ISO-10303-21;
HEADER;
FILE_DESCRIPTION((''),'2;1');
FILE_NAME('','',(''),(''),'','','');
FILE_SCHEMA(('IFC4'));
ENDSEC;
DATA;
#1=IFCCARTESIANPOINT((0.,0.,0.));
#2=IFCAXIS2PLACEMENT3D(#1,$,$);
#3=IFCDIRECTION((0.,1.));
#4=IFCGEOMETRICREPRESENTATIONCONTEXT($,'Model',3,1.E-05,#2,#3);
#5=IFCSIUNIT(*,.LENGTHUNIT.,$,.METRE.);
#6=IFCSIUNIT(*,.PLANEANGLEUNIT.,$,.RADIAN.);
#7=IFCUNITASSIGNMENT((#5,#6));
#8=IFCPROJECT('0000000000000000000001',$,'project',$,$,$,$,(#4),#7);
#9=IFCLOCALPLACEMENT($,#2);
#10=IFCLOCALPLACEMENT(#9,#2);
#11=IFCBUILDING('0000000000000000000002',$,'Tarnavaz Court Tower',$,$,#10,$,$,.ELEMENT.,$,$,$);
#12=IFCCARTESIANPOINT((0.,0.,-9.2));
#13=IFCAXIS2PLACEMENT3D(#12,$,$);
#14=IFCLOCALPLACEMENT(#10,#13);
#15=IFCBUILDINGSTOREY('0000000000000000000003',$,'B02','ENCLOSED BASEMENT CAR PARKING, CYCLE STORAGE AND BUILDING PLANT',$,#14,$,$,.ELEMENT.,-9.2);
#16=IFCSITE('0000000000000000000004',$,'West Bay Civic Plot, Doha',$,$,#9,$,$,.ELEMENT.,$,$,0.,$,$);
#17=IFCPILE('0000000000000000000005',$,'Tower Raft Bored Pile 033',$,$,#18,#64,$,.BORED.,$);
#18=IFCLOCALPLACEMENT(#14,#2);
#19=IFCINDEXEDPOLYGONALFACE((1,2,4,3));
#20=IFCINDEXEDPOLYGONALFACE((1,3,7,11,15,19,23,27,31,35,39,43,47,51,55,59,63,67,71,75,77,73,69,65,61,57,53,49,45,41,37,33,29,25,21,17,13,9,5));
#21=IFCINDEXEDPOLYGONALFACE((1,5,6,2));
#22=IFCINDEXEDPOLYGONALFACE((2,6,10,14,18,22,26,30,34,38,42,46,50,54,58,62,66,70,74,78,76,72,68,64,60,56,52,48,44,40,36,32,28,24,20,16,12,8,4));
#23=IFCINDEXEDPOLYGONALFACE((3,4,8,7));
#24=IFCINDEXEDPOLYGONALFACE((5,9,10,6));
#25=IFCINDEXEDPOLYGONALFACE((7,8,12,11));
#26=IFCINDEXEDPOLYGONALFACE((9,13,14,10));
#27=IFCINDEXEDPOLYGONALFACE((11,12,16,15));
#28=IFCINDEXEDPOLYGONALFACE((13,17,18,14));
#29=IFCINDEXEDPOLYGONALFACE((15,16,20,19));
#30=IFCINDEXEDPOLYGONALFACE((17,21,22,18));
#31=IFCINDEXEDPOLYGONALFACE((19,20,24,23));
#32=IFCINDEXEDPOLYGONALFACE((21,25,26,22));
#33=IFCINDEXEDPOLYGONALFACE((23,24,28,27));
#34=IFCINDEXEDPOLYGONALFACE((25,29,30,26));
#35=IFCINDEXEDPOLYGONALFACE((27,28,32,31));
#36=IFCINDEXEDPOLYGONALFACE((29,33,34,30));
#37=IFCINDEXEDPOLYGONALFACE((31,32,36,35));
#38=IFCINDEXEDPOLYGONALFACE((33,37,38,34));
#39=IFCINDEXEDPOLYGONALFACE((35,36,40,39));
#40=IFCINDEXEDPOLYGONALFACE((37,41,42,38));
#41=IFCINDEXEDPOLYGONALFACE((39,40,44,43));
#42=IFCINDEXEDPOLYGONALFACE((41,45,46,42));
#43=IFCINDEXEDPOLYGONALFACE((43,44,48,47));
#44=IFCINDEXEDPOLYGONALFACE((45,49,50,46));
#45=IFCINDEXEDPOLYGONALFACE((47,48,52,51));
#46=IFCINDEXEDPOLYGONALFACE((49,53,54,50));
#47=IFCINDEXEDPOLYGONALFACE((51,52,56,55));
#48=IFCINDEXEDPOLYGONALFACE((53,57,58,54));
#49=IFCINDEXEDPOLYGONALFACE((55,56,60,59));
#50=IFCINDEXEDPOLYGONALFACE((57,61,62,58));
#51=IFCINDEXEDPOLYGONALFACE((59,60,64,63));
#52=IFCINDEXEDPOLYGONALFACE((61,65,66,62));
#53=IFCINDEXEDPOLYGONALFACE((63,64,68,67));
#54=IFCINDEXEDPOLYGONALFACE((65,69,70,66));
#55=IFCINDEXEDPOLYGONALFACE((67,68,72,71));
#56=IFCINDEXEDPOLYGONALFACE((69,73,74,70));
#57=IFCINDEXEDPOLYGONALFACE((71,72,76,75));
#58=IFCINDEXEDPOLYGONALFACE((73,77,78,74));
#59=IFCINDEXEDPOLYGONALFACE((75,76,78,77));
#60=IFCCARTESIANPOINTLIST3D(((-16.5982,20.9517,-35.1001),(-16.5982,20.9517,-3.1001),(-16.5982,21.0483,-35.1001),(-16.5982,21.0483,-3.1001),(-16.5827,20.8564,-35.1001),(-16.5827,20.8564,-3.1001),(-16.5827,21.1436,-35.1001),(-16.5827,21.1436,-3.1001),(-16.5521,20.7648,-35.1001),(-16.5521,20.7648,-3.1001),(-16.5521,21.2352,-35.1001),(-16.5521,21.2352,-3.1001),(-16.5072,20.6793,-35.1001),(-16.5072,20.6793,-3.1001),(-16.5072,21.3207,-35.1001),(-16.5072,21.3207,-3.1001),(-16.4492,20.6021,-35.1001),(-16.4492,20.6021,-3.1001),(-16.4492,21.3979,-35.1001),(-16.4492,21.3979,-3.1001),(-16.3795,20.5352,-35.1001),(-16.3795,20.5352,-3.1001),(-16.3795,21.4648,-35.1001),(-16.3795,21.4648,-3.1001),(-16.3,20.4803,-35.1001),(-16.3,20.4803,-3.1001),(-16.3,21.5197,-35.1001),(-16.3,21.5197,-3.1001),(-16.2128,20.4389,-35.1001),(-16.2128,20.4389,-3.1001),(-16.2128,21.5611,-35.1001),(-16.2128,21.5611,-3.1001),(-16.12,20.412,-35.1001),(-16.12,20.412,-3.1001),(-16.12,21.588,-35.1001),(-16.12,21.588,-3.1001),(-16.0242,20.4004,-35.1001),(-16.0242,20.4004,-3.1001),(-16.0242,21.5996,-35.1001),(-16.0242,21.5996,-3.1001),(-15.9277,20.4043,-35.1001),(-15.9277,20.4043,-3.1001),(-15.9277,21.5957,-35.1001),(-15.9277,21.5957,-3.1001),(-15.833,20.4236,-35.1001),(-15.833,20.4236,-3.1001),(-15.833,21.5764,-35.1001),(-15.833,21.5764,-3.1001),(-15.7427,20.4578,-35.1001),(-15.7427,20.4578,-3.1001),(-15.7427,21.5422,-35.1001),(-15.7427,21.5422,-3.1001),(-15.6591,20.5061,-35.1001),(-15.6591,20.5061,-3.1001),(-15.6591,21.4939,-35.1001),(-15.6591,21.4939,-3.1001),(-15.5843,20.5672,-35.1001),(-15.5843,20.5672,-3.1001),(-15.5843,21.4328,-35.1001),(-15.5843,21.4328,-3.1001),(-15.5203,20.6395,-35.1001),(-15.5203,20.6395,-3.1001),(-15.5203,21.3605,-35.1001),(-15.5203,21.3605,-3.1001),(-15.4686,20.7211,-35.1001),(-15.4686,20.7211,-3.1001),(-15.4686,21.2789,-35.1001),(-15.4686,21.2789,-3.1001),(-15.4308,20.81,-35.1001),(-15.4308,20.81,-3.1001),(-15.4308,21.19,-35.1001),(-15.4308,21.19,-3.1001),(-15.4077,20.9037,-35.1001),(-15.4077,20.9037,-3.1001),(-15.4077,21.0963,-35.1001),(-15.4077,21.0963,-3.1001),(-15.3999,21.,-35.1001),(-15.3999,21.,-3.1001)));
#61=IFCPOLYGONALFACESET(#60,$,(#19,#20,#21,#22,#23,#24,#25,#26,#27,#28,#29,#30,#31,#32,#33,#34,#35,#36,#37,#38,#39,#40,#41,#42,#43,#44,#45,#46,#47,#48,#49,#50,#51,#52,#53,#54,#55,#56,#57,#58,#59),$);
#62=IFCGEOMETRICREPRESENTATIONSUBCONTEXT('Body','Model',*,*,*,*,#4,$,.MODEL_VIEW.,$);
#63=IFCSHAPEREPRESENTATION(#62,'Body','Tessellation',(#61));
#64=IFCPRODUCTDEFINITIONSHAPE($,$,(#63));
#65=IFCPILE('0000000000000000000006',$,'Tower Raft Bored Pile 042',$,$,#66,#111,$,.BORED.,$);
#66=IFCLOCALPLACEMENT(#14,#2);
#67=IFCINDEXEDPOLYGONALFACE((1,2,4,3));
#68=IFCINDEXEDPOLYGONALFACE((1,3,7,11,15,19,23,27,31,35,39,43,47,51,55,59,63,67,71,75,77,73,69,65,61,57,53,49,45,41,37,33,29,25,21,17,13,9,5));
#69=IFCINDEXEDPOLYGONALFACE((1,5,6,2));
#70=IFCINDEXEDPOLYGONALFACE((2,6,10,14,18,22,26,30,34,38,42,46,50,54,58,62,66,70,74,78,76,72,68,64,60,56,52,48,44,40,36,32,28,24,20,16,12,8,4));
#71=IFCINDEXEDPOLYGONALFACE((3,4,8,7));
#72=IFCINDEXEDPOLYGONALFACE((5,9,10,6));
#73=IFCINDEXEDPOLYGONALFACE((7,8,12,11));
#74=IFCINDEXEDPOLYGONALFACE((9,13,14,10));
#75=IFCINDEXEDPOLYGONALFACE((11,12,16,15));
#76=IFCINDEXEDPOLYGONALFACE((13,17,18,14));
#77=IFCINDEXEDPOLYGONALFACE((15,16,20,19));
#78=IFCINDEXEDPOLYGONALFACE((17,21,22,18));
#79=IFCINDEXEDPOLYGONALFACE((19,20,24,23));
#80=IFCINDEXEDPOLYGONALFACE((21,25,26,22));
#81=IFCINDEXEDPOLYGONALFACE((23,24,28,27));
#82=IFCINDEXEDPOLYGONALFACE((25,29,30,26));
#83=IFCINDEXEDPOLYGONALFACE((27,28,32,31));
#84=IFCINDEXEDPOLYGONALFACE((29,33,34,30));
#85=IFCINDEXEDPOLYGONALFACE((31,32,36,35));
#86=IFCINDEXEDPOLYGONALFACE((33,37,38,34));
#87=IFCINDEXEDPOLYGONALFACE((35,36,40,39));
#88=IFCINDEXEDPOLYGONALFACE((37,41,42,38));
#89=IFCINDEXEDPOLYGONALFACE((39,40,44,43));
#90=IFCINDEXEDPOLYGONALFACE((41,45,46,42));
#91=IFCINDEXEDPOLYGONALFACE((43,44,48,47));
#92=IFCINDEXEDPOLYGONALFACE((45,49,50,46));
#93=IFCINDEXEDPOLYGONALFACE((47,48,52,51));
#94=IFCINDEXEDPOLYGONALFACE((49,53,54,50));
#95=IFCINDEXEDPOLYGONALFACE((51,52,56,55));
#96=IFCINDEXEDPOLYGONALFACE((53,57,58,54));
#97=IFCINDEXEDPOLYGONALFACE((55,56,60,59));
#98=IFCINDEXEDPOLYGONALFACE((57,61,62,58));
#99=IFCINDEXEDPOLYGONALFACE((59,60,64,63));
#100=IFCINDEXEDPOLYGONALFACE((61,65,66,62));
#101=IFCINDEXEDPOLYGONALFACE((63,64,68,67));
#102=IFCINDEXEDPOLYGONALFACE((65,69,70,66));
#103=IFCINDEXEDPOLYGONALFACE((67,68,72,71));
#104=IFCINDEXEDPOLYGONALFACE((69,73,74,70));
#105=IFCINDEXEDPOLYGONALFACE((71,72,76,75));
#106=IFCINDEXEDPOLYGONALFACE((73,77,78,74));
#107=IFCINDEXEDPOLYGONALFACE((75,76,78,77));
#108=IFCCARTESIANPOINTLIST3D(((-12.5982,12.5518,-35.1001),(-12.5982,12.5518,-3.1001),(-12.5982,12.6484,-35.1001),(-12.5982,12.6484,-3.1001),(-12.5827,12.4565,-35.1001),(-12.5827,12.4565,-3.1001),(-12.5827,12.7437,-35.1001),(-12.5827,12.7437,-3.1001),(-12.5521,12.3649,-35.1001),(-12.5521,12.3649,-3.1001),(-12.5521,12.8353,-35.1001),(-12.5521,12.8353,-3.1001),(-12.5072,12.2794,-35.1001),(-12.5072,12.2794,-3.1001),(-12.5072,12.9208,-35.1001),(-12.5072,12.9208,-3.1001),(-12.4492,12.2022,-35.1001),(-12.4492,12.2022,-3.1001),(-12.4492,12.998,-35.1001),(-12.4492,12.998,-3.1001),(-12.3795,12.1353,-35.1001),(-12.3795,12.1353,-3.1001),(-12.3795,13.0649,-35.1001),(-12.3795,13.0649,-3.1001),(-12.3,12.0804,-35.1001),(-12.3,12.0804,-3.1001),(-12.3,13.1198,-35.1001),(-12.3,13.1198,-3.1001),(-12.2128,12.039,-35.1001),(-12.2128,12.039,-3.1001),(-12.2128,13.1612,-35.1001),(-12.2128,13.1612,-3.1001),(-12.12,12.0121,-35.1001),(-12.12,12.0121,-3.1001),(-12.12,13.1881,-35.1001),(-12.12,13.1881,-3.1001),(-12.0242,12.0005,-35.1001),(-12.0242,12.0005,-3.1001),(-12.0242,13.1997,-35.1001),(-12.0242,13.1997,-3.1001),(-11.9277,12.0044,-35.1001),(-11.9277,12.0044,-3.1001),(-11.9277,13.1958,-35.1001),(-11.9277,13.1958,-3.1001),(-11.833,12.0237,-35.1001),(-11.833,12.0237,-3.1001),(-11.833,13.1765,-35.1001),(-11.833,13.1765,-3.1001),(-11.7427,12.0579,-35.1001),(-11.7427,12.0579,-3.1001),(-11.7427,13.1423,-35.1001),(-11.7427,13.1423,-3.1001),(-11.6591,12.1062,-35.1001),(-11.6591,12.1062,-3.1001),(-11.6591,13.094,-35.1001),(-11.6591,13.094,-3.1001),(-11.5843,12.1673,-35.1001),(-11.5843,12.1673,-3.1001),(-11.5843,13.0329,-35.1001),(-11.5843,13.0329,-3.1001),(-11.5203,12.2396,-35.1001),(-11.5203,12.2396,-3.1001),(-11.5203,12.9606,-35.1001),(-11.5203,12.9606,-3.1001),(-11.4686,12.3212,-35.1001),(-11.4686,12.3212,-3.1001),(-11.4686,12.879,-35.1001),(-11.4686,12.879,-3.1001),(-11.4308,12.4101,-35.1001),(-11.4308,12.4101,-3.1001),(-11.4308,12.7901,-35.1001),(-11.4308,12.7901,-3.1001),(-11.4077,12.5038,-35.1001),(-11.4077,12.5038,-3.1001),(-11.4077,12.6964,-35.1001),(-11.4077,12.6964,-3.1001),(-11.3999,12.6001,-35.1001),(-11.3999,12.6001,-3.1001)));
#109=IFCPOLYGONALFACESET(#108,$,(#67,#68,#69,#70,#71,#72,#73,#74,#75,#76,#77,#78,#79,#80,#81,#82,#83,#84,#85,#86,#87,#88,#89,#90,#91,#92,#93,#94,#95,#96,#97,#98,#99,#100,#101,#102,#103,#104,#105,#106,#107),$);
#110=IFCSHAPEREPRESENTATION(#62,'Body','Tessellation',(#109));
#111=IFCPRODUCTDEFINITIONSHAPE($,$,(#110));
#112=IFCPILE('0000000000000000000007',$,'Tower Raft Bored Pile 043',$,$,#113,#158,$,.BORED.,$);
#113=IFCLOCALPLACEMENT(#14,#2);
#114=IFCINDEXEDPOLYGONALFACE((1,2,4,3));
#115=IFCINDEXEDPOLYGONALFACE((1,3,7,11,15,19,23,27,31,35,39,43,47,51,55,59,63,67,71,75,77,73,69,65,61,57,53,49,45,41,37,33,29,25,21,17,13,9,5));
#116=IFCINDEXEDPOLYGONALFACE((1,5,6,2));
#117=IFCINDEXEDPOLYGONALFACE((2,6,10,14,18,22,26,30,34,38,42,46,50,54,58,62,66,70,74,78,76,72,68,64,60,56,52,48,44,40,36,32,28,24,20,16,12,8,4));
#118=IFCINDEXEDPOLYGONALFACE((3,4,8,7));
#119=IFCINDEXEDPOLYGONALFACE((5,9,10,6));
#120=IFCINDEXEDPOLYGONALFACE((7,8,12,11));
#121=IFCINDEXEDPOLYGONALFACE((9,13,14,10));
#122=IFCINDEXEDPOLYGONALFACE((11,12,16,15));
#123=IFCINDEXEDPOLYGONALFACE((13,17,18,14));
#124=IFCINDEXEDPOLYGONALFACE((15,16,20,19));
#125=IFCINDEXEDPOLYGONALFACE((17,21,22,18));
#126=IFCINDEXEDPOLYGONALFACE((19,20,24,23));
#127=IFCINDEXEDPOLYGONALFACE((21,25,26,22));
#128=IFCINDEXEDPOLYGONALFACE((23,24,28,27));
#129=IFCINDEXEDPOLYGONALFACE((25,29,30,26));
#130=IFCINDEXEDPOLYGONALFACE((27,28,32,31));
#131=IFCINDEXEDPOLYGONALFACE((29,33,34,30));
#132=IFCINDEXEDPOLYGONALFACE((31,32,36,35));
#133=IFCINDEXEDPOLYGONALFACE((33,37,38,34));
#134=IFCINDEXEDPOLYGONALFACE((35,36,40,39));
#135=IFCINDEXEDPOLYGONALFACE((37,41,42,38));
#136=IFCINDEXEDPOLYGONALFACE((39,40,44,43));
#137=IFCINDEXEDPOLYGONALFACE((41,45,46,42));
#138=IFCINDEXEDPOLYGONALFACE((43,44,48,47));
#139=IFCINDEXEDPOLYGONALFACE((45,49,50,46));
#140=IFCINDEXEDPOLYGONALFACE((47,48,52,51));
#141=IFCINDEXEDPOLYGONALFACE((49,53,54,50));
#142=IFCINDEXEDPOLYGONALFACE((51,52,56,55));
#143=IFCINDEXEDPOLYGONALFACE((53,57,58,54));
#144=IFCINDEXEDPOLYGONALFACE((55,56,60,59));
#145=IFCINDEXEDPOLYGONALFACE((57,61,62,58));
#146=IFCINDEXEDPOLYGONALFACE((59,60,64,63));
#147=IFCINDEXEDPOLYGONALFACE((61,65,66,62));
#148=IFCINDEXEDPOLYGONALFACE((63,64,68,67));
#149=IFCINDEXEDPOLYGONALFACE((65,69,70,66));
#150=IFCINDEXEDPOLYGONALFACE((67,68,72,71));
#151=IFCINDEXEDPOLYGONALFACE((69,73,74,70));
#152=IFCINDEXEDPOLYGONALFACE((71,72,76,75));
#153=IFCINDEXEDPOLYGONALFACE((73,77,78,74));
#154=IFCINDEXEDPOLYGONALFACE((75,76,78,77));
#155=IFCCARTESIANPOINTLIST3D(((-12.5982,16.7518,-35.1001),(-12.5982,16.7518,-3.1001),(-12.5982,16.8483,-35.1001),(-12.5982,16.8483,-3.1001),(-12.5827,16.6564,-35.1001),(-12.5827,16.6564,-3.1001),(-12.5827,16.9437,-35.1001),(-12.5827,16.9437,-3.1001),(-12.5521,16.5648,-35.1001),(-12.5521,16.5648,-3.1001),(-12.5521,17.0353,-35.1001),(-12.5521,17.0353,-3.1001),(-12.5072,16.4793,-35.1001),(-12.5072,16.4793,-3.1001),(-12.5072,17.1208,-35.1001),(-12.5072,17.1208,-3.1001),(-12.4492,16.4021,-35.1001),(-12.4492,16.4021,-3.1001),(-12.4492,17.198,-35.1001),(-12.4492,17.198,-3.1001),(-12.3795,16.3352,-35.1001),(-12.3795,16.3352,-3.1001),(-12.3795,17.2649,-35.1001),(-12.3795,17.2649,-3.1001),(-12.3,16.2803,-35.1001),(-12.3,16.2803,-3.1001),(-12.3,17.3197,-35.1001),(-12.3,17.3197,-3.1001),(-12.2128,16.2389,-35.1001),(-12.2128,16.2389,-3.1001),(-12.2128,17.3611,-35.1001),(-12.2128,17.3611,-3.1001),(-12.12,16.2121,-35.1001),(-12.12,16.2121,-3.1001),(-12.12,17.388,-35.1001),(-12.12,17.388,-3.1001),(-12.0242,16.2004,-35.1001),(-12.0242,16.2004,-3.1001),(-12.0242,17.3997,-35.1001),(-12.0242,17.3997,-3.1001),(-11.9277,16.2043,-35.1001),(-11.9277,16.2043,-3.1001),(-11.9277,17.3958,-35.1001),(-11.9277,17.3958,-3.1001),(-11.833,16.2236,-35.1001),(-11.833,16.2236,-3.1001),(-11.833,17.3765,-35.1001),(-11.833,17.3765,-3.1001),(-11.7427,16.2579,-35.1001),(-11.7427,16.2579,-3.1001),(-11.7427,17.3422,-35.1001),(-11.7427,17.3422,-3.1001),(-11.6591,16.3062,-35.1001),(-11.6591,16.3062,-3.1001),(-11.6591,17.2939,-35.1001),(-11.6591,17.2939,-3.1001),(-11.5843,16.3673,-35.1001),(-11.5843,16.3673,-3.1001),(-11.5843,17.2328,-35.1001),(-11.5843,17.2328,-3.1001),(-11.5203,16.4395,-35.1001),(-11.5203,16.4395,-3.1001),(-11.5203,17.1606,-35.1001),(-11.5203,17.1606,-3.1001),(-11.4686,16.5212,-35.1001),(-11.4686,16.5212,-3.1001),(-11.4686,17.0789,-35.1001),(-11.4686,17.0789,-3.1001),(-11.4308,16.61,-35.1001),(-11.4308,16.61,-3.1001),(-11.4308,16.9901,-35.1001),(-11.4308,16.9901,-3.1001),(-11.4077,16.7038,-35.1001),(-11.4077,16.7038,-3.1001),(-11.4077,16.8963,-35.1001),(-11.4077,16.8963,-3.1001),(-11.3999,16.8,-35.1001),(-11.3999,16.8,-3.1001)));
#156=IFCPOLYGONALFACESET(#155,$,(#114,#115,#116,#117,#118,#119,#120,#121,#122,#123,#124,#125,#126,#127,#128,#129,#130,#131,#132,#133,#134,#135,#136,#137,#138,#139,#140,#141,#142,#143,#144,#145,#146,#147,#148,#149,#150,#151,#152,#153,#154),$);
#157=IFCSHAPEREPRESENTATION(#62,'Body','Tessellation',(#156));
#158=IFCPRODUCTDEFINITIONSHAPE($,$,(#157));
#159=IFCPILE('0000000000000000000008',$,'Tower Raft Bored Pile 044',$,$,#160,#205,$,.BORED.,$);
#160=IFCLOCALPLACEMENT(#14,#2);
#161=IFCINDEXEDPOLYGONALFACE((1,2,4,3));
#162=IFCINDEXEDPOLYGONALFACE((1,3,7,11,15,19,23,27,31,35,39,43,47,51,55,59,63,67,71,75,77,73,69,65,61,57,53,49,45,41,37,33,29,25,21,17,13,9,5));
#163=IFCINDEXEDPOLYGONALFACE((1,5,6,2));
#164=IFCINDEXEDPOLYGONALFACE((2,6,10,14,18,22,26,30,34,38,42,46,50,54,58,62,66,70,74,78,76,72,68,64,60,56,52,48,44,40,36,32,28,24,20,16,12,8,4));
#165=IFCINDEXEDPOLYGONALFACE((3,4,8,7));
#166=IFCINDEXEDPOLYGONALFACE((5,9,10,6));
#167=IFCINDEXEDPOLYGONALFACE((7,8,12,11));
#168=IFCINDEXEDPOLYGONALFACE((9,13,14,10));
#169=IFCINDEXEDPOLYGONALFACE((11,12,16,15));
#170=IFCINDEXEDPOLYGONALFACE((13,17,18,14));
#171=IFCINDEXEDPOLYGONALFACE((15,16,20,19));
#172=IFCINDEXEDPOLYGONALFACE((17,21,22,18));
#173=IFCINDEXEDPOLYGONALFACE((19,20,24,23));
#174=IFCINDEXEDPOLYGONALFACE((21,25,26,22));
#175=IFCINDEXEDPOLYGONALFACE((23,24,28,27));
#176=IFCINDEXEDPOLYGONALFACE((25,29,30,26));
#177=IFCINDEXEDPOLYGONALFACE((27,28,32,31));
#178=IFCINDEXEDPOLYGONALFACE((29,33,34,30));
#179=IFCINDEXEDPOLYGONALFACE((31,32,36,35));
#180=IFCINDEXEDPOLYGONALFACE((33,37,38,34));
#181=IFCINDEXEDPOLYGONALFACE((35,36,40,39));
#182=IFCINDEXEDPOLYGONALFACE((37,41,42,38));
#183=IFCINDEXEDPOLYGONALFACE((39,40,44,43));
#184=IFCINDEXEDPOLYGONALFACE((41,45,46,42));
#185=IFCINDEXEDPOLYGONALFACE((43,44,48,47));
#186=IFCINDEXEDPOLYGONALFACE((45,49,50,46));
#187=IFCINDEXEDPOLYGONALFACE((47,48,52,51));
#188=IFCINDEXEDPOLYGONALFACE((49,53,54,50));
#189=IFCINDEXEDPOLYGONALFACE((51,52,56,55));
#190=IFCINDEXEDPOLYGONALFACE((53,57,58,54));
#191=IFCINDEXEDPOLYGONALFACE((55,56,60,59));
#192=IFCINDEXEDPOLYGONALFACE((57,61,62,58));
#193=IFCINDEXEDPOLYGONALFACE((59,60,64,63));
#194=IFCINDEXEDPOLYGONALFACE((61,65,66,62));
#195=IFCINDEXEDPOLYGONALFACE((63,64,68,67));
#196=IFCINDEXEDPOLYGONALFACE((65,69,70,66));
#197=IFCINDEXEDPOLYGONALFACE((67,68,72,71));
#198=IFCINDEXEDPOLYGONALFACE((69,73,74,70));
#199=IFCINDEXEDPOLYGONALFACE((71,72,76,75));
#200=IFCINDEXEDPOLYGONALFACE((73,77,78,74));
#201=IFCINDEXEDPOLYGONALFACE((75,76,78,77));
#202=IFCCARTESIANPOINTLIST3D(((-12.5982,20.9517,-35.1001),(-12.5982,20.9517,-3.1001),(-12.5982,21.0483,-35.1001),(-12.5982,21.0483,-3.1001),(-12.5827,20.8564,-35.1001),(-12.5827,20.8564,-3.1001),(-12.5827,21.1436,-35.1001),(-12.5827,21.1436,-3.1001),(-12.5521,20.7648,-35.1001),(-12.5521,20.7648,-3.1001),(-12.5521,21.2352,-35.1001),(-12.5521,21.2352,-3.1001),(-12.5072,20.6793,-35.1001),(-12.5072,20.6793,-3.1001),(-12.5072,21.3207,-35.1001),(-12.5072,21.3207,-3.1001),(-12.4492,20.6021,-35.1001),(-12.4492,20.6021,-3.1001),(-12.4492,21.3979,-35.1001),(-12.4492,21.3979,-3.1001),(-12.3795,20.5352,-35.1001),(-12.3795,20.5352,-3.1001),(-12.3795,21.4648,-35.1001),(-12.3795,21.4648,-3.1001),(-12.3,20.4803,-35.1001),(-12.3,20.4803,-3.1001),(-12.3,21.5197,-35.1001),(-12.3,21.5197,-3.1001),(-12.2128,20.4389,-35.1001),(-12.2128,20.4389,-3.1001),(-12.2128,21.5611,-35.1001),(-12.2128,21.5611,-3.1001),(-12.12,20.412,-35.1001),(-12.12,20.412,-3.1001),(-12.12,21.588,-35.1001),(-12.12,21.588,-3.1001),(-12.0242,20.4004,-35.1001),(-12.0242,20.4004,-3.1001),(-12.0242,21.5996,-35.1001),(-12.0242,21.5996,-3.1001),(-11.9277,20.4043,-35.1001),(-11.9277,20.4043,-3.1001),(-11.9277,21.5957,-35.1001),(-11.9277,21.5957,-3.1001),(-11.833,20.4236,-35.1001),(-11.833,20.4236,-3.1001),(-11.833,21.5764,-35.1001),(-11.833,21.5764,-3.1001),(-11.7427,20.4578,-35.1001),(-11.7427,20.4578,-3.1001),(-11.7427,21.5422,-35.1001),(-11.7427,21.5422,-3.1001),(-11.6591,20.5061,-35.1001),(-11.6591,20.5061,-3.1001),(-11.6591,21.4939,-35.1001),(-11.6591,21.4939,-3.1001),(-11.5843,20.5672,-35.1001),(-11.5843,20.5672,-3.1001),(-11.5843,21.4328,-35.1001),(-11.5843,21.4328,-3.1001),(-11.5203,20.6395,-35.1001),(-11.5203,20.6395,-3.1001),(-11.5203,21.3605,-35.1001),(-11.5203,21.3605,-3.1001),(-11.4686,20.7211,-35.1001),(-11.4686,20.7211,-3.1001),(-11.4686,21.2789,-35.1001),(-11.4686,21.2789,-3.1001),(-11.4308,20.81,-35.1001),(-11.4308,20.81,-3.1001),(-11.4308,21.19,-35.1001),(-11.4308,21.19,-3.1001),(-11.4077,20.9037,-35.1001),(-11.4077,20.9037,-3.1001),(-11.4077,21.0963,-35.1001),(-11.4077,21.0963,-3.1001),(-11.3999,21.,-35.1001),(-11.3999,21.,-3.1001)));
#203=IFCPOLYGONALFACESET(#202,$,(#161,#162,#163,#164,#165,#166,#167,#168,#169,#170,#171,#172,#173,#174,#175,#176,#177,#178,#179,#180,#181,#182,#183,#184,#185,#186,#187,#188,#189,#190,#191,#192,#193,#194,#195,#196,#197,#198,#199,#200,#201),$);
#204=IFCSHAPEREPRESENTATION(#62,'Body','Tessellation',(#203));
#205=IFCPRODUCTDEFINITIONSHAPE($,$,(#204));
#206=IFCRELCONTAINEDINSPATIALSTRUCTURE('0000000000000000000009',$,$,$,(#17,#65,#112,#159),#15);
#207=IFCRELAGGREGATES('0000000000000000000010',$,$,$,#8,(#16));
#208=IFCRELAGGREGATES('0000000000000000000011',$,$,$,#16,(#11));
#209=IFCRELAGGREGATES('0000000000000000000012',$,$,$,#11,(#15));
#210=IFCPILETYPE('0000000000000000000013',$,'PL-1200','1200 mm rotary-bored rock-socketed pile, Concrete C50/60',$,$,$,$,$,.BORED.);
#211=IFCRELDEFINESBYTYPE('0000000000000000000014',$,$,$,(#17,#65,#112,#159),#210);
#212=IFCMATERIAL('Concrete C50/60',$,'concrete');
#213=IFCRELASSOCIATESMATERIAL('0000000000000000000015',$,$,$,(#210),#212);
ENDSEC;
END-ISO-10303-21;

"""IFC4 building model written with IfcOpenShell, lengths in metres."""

from ifc_helpers import new_model, si_unit, direction, frame, origin, origin_2d, place, context, subcontext, project, spatial, circle, extrude, material, material_profile, profile_set, type_object, element, save


model = new_model("IFC4")

# Units and contexts
model_context = context("Model", 3, precision=1e-05, world=origin(), true_north=direction((0.0, 1.0)))
body_context = subcontext(model_context, "Body", "Model", "MODEL_VIEW")
ifc_project = project(units=[si_unit("LENGTHUNIT", "METRE"), si_unit("PLANEANGLEUNIT", "RADIAN")], contexts=[model_context])

# Site, building, storey
site_placement = place(None, origin())
site = spatial("IfcSite", under=ifc_project, at=site_placement, Name="West Bay Civic Plot, Doha", CompositionType="ELEMENT", RefElevation=0.0)
building_placement = place(site_placement, origin())
building = spatial("IfcBuilding", under=site, at=building_placement, Name="Tarnavaz Court Tower", CompositionType="ELEMENT")
storey_placement = place(building_placement, frame((0.0, 0.0, -9.2)))
storey = spatial("IfcBuildingStorey", under=building, at=storey_placement, Name="B02", Description="ENCLOSED BASEMENT CAR PARKING, CYCLE STORAGE AND BUILDING PLANT", CompositionType="ELEMENT", Elevation=-9.2)

# Shared definitions
ifc_material_1 = material(Name="Concrete C50/60", Category="concrete")

# Piles
ifc_material_profile_1 = material_profile(ifc_material_1, circle(Radius=0.6001, at=origin_2d()), Name="PILE D1200")
ifc_profile_set_1 = profile_set([ifc_material_profile_1], Name="Concrete C50/60")
pile_type_1 = type_object("IfcPileType", Name="PL-1200", Description="1200 mm rotary-bored rock-socketed pile, Concrete C50/60", PredefinedType="BORED", material=ifc_profile_set_1)
for number, where, z_axis, x_axis, name in (
    (1, (-16.0, 21.0, -3.1001), (0.0, 0.0, -1.0), (1.0, 0.0, 0.0), "Tower Raft Bored Pile 033"),
    (2, (-12.0, 12.6001, -3.1001), (0.0, 0.0, -1.0), (1.0, 0.0, 0.0), "Tower Raft Bored Pile 042"),
    (3, (-12.0, 16.8, -3.1001), (0.0, 0.0, -1.0), (1.0, 0.0, 0.0), "Tower Raft Bored Pile 043"),
    (4, (-12.0, 21.0, -3.1001), (0.0, 0.0, -1.0), (1.0, 0.0, 0.0), "Tower Raft Bored Pile 044"),
):
    element("IfcPile", number, at=place(storey_placement, frame(where, z_axis=z_axis, x_axis=x_axis)), inside=storey, type_object=pile_type_1, Name=name, PredefinedType="BORED", context=body_context, shape_type="SweptSolid", body=[
        extrude(circle(Radius=0.6001, at=origin_2d()), origin(), (0.0, 0.0, 1.0), 32.0),
    ])

save(model, "model.ifc")
